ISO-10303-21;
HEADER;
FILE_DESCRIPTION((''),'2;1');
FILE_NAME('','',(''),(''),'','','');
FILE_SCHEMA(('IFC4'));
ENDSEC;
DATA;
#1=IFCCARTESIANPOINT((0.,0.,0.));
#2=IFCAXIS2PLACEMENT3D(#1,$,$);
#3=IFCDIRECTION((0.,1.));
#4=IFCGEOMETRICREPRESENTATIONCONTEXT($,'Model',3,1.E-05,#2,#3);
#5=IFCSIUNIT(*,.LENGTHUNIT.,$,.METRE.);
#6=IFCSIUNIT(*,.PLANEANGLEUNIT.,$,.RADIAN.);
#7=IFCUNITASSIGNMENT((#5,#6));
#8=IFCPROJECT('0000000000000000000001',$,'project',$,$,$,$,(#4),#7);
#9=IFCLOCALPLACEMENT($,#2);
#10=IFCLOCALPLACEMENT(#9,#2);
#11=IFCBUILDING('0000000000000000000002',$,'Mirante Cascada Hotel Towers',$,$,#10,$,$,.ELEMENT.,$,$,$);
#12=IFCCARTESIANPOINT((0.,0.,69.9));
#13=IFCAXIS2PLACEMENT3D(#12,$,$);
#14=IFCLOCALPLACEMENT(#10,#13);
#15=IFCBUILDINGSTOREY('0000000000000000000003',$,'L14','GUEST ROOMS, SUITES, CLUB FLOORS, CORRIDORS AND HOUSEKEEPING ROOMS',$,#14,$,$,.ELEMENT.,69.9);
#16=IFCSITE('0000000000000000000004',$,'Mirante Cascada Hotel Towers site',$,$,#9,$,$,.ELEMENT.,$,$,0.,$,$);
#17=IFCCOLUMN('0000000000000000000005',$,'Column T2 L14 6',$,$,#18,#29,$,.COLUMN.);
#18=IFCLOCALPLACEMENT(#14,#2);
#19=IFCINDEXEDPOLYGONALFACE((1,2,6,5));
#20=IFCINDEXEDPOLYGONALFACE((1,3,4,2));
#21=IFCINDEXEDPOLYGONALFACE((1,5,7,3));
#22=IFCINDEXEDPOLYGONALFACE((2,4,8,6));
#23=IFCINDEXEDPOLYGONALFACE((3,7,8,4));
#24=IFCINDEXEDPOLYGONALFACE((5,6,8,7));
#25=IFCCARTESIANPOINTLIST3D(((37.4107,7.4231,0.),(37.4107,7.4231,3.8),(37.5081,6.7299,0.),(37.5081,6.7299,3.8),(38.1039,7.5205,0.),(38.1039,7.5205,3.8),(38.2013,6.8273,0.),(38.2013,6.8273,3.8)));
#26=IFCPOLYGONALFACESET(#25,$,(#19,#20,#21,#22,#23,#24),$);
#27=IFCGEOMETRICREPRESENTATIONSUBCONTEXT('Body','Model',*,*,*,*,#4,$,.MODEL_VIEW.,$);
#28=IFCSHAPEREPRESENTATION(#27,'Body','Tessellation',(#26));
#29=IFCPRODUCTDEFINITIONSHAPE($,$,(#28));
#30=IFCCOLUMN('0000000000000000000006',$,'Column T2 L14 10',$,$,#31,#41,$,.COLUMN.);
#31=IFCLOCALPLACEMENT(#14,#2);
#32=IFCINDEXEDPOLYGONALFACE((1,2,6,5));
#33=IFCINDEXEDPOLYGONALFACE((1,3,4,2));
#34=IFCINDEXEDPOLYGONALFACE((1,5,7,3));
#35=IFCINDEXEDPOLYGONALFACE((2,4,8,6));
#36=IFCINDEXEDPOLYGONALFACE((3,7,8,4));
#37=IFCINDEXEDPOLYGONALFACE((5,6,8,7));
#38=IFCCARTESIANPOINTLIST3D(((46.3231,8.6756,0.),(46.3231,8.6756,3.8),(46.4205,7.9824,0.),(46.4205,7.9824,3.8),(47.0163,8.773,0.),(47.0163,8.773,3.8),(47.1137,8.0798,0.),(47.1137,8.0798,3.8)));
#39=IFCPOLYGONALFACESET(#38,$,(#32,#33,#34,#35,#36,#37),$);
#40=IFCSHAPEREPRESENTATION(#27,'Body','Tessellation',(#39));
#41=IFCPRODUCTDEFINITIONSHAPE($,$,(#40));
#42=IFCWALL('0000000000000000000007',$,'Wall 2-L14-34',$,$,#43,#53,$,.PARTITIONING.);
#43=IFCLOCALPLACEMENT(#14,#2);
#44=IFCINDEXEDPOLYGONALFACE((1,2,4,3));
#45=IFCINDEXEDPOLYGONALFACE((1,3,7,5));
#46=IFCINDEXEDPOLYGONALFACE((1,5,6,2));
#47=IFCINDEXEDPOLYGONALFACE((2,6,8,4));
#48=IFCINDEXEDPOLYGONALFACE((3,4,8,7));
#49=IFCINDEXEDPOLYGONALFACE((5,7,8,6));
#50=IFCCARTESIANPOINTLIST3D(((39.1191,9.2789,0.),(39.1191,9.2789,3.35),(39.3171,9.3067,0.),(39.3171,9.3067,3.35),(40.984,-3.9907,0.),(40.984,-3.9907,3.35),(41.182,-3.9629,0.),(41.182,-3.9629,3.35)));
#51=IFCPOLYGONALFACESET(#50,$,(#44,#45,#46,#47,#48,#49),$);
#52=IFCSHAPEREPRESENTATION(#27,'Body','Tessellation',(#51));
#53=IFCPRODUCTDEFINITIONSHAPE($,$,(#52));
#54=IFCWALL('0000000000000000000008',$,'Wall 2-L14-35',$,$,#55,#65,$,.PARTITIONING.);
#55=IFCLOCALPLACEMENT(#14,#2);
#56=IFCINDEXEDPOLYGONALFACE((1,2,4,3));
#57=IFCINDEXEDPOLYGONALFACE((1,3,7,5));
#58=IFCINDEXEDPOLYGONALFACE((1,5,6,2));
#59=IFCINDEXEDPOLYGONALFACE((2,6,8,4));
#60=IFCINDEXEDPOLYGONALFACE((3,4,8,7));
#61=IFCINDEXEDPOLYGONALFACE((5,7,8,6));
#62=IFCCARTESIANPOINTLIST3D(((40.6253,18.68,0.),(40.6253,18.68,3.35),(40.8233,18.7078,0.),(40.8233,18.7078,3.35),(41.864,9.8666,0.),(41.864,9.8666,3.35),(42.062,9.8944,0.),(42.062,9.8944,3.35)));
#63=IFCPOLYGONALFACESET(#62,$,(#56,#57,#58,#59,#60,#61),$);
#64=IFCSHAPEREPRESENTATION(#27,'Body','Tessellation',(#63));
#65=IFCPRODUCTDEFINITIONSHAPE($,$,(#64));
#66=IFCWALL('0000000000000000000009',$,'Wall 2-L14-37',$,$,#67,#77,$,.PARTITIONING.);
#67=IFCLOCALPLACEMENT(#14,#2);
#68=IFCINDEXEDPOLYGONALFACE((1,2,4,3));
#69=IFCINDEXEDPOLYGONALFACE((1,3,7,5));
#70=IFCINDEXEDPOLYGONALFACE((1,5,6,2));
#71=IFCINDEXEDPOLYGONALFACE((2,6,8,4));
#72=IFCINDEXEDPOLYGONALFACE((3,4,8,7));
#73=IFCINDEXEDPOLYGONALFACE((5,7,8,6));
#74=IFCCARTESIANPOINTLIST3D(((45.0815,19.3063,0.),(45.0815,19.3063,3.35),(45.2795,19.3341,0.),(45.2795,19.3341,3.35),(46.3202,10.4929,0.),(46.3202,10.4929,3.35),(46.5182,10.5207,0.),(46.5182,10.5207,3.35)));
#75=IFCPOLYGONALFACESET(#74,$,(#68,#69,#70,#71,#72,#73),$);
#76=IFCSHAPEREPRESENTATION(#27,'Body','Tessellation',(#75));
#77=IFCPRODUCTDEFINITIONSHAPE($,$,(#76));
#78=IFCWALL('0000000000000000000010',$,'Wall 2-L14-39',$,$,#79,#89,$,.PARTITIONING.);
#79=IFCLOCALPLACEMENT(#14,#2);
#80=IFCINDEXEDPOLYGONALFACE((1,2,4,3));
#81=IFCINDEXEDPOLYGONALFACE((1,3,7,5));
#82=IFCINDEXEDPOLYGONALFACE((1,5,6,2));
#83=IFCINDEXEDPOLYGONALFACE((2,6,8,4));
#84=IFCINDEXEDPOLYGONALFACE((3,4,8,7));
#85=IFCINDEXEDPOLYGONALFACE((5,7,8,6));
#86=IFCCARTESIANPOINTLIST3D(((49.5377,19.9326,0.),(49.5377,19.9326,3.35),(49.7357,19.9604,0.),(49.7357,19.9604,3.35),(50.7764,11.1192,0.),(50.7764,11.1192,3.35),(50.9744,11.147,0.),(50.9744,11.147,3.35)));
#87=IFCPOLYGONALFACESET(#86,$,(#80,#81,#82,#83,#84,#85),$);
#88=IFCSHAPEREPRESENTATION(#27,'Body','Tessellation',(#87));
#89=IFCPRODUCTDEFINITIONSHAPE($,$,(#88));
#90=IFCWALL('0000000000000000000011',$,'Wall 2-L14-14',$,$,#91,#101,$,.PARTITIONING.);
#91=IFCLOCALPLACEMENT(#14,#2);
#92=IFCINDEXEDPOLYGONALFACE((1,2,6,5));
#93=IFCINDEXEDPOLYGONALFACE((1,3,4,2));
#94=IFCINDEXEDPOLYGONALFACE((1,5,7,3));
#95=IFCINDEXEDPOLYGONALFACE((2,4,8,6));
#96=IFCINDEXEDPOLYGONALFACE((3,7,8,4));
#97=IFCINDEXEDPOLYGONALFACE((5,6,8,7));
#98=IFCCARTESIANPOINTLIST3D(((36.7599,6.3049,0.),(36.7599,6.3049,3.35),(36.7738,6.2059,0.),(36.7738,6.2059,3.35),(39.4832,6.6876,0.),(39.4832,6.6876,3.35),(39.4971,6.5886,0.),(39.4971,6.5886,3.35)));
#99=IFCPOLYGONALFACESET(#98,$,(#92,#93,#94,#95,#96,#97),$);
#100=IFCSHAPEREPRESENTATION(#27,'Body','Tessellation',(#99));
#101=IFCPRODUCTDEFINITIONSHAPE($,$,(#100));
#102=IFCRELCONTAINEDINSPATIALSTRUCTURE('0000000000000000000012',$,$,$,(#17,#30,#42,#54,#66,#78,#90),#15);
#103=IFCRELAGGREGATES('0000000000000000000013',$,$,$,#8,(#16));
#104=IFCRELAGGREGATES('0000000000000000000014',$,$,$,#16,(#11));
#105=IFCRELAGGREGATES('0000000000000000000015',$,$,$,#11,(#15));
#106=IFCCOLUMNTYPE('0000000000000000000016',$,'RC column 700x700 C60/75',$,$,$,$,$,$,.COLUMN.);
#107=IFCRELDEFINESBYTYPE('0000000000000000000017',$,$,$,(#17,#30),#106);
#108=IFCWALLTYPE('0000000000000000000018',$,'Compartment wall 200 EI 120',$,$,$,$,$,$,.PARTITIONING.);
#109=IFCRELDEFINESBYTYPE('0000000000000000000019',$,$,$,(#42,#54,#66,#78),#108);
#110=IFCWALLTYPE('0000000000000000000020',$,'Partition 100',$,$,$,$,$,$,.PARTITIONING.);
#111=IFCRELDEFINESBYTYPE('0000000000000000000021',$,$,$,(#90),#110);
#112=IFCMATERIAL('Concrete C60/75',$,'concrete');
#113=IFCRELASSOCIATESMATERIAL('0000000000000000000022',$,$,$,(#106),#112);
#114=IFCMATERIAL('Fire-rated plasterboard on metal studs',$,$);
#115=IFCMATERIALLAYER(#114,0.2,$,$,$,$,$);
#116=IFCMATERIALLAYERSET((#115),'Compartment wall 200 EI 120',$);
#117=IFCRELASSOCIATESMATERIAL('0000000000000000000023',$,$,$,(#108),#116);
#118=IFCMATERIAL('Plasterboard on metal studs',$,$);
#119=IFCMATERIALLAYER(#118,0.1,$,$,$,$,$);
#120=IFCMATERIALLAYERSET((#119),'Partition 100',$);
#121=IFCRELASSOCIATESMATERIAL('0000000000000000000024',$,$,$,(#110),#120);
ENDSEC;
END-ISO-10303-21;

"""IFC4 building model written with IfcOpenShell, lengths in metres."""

from ifc_helpers import new_model, si_unit, direction, frame, frame_2d, origin, origin_2d, place, context, subcontext, project, spatial, rectangle, extrude, material, layer, layer_set, material_profile, profile_set, type_object, element, save


model = new_model("IFC4")

# Units and contexts
model_context = context("Model", 3, precision=1e-05, world=origin(), true_north=direction((0.0, 1.0)))
body_context = subcontext(model_context, "Body", "Model", "MODEL_VIEW")
ifc_project = project(units=[si_unit("LENGTHUNIT", "METRE"), si_unit("PLANEANGLEUNIT", "RADIAN")], contexts=[model_context])

# Site, building, storey
site_placement = place(None, origin())
site = spatial("IfcSite", under=ifc_project, at=site_placement, Name="Mirante Cascada Hotel Towers site", CompositionType="ELEMENT", RefElevation=0.0)
building_placement = place(site_placement, origin())
building = spatial("IfcBuilding", under=site, at=building_placement, Name="Mirante Cascada Hotel Towers", CompositionType="ELEMENT")
storey_placement = place(building_placement, frame((0.0, 0.0, 69.9)))
storey = spatial("IfcBuildingStorey", under=building, at=storey_placement, Name="L14", Description="GUEST ROOMS, SUITES, CLUB FLOORS, CORRIDORS AND HOUSEKEEPING ROOMS", CompositionType="ELEMENT", Elevation=69.9)

# Columns
ifc_material_1 = material(Name="Concrete C60/75", Category="concrete")
ifc_material_profile = material_profile(ifc_material_1, rectangle(XDim=0.7, YDim=0.7, at=origin_2d()), Name="RC column 700x700 C60/75")
ifc_profile_set = profile_set([ifc_material_profile], Name="Concrete C60/75")
column_type = type_object("IfcColumnType", Name="RC column 700x700 C60/75", PredefinedType="COLUMN", material=ifc_profile_set)
for number, where, z_axis, x_axis, name in (
    (1, (37.806, 7.1252, 0.0), (0.0, 0.0, 1.0), (0.990268, 0.139173, 0.0), "Column T2 L14 6"),
    (2, (46.7184, 8.3777, 0.0), (0.0, 0.0, 1.0), (0.990268, 0.139173, 0.0), "Column T2 L14 10"),
):
    element("IfcColumn", number, at=place(storey_placement, frame(where, z_axis=z_axis, x_axis=x_axis)), inside=storey, type_object=column_type, Name=name, PredefinedType="COLUMN", context=body_context, shape_type="SweptSolid", body=[
        extrude(rectangle(XDim=0.7, YDim=0.7, at=origin_2d()), origin(), (0.0, 0.0, 1.0), 3.8),
    ])

# Shared definitions
ifc_material_2 = material(Name="Fire-rated plasterboard on metal studs")
ifc_layer_1 = layer(ifc_material_2, 0.2)
ifc_layer_set_1 = layer_set([ifc_layer_1], Name="Compartment wall 200 EI 120")
wall_type_1 = type_object("IfcWallType", Name="Compartment wall 200 EI 120", PredefinedType="PARTITIONING", material=ifc_layer_set_1)

# Walls
wall_1_placement = place(storey_placement, frame((39.2181, 9.2928, 0.0), z_axis=(0.0, 0.0, 1.0), x_axis=(0.139172, -0.990268, 0.0)))
element("IfcWall", 3, at=wall_1_placement, inside=storey, type_object=wall_type_1, Name="Wall 2-L14-34", PredefinedType="PARTITIONING", context=body_context, shape_type="SweptSolid", body=[
    extrude(rectangle(XDim=13.4, YDim=0.2, at=frame_2d((6.7, 0.0))), origin(), (0.0, 0.0, 1.0), 3.35),
])
for number, where, z_axis, x_axis, name in (
    (4, (41.963, 9.8805, 0.0), (0.0, 0.0, 1.0), (-0.139179, 0.990267, 0.0), "Wall 2-L14-35"),
    (5, (46.4192, 10.5068, 0.0), (0.0, 0.0, 1.0), (-0.139179, 0.990267, 0.0), "Wall 2-L14-37"),
    (6, (50.8754, 11.1331, 0.0), (0.0, 0.0, 1.0), (-0.139179, 0.990267, 0.0), "Wall 2-L14-39"),
):
    element("IfcWall", number, at=place(storey_placement, frame(where, z_axis=z_axis, x_axis=x_axis)), inside=storey, type_object=wall_type_1, Name=name, PredefinedType="PARTITIONING", context=body_context, shape_type="SweptSolid", body=[
        extrude(rectangle(XDim=8.9, YDim=0.2, at=frame_2d((4.45, 0.0))), origin(), (0.0, 0.0, 1.0), 3.35),
    ])
ifc_material_3 = material(Name="Plasterboard on metal studs")
ifc_layer_2 = layer(ifc_material_3, 0.1)
ifc_layer_set_2 = layer_set([ifc_layer_2], Name="Partition 100")
wall_type_2 = type_object("IfcWallType", Name="Partition 100", PredefinedType="PARTITIONING", material=ifc_layer_set_2)
wall_2_placement = place(storey_placement, frame((39.4902, 6.6381, 0.0), z_axis=(0.0, 0.0, 1.0), x_axis=(-0.99027, -0.139161, 0.0)))
element("IfcWall", 7, at=wall_2_placement, inside=storey, type_object=wall_type_2, Name="Wall 2-L14-14", PredefinedType="PARTITIONING", context=body_context, shape_type="SweptSolid", body=[
    extrude(rectangle(XDim=2.7501, YDim=0.1, at=frame_2d((1.3751, 0.0))), origin(), (0.0, 0.0, 1.0), 3.35),
])

save(model, "model.ifc")
